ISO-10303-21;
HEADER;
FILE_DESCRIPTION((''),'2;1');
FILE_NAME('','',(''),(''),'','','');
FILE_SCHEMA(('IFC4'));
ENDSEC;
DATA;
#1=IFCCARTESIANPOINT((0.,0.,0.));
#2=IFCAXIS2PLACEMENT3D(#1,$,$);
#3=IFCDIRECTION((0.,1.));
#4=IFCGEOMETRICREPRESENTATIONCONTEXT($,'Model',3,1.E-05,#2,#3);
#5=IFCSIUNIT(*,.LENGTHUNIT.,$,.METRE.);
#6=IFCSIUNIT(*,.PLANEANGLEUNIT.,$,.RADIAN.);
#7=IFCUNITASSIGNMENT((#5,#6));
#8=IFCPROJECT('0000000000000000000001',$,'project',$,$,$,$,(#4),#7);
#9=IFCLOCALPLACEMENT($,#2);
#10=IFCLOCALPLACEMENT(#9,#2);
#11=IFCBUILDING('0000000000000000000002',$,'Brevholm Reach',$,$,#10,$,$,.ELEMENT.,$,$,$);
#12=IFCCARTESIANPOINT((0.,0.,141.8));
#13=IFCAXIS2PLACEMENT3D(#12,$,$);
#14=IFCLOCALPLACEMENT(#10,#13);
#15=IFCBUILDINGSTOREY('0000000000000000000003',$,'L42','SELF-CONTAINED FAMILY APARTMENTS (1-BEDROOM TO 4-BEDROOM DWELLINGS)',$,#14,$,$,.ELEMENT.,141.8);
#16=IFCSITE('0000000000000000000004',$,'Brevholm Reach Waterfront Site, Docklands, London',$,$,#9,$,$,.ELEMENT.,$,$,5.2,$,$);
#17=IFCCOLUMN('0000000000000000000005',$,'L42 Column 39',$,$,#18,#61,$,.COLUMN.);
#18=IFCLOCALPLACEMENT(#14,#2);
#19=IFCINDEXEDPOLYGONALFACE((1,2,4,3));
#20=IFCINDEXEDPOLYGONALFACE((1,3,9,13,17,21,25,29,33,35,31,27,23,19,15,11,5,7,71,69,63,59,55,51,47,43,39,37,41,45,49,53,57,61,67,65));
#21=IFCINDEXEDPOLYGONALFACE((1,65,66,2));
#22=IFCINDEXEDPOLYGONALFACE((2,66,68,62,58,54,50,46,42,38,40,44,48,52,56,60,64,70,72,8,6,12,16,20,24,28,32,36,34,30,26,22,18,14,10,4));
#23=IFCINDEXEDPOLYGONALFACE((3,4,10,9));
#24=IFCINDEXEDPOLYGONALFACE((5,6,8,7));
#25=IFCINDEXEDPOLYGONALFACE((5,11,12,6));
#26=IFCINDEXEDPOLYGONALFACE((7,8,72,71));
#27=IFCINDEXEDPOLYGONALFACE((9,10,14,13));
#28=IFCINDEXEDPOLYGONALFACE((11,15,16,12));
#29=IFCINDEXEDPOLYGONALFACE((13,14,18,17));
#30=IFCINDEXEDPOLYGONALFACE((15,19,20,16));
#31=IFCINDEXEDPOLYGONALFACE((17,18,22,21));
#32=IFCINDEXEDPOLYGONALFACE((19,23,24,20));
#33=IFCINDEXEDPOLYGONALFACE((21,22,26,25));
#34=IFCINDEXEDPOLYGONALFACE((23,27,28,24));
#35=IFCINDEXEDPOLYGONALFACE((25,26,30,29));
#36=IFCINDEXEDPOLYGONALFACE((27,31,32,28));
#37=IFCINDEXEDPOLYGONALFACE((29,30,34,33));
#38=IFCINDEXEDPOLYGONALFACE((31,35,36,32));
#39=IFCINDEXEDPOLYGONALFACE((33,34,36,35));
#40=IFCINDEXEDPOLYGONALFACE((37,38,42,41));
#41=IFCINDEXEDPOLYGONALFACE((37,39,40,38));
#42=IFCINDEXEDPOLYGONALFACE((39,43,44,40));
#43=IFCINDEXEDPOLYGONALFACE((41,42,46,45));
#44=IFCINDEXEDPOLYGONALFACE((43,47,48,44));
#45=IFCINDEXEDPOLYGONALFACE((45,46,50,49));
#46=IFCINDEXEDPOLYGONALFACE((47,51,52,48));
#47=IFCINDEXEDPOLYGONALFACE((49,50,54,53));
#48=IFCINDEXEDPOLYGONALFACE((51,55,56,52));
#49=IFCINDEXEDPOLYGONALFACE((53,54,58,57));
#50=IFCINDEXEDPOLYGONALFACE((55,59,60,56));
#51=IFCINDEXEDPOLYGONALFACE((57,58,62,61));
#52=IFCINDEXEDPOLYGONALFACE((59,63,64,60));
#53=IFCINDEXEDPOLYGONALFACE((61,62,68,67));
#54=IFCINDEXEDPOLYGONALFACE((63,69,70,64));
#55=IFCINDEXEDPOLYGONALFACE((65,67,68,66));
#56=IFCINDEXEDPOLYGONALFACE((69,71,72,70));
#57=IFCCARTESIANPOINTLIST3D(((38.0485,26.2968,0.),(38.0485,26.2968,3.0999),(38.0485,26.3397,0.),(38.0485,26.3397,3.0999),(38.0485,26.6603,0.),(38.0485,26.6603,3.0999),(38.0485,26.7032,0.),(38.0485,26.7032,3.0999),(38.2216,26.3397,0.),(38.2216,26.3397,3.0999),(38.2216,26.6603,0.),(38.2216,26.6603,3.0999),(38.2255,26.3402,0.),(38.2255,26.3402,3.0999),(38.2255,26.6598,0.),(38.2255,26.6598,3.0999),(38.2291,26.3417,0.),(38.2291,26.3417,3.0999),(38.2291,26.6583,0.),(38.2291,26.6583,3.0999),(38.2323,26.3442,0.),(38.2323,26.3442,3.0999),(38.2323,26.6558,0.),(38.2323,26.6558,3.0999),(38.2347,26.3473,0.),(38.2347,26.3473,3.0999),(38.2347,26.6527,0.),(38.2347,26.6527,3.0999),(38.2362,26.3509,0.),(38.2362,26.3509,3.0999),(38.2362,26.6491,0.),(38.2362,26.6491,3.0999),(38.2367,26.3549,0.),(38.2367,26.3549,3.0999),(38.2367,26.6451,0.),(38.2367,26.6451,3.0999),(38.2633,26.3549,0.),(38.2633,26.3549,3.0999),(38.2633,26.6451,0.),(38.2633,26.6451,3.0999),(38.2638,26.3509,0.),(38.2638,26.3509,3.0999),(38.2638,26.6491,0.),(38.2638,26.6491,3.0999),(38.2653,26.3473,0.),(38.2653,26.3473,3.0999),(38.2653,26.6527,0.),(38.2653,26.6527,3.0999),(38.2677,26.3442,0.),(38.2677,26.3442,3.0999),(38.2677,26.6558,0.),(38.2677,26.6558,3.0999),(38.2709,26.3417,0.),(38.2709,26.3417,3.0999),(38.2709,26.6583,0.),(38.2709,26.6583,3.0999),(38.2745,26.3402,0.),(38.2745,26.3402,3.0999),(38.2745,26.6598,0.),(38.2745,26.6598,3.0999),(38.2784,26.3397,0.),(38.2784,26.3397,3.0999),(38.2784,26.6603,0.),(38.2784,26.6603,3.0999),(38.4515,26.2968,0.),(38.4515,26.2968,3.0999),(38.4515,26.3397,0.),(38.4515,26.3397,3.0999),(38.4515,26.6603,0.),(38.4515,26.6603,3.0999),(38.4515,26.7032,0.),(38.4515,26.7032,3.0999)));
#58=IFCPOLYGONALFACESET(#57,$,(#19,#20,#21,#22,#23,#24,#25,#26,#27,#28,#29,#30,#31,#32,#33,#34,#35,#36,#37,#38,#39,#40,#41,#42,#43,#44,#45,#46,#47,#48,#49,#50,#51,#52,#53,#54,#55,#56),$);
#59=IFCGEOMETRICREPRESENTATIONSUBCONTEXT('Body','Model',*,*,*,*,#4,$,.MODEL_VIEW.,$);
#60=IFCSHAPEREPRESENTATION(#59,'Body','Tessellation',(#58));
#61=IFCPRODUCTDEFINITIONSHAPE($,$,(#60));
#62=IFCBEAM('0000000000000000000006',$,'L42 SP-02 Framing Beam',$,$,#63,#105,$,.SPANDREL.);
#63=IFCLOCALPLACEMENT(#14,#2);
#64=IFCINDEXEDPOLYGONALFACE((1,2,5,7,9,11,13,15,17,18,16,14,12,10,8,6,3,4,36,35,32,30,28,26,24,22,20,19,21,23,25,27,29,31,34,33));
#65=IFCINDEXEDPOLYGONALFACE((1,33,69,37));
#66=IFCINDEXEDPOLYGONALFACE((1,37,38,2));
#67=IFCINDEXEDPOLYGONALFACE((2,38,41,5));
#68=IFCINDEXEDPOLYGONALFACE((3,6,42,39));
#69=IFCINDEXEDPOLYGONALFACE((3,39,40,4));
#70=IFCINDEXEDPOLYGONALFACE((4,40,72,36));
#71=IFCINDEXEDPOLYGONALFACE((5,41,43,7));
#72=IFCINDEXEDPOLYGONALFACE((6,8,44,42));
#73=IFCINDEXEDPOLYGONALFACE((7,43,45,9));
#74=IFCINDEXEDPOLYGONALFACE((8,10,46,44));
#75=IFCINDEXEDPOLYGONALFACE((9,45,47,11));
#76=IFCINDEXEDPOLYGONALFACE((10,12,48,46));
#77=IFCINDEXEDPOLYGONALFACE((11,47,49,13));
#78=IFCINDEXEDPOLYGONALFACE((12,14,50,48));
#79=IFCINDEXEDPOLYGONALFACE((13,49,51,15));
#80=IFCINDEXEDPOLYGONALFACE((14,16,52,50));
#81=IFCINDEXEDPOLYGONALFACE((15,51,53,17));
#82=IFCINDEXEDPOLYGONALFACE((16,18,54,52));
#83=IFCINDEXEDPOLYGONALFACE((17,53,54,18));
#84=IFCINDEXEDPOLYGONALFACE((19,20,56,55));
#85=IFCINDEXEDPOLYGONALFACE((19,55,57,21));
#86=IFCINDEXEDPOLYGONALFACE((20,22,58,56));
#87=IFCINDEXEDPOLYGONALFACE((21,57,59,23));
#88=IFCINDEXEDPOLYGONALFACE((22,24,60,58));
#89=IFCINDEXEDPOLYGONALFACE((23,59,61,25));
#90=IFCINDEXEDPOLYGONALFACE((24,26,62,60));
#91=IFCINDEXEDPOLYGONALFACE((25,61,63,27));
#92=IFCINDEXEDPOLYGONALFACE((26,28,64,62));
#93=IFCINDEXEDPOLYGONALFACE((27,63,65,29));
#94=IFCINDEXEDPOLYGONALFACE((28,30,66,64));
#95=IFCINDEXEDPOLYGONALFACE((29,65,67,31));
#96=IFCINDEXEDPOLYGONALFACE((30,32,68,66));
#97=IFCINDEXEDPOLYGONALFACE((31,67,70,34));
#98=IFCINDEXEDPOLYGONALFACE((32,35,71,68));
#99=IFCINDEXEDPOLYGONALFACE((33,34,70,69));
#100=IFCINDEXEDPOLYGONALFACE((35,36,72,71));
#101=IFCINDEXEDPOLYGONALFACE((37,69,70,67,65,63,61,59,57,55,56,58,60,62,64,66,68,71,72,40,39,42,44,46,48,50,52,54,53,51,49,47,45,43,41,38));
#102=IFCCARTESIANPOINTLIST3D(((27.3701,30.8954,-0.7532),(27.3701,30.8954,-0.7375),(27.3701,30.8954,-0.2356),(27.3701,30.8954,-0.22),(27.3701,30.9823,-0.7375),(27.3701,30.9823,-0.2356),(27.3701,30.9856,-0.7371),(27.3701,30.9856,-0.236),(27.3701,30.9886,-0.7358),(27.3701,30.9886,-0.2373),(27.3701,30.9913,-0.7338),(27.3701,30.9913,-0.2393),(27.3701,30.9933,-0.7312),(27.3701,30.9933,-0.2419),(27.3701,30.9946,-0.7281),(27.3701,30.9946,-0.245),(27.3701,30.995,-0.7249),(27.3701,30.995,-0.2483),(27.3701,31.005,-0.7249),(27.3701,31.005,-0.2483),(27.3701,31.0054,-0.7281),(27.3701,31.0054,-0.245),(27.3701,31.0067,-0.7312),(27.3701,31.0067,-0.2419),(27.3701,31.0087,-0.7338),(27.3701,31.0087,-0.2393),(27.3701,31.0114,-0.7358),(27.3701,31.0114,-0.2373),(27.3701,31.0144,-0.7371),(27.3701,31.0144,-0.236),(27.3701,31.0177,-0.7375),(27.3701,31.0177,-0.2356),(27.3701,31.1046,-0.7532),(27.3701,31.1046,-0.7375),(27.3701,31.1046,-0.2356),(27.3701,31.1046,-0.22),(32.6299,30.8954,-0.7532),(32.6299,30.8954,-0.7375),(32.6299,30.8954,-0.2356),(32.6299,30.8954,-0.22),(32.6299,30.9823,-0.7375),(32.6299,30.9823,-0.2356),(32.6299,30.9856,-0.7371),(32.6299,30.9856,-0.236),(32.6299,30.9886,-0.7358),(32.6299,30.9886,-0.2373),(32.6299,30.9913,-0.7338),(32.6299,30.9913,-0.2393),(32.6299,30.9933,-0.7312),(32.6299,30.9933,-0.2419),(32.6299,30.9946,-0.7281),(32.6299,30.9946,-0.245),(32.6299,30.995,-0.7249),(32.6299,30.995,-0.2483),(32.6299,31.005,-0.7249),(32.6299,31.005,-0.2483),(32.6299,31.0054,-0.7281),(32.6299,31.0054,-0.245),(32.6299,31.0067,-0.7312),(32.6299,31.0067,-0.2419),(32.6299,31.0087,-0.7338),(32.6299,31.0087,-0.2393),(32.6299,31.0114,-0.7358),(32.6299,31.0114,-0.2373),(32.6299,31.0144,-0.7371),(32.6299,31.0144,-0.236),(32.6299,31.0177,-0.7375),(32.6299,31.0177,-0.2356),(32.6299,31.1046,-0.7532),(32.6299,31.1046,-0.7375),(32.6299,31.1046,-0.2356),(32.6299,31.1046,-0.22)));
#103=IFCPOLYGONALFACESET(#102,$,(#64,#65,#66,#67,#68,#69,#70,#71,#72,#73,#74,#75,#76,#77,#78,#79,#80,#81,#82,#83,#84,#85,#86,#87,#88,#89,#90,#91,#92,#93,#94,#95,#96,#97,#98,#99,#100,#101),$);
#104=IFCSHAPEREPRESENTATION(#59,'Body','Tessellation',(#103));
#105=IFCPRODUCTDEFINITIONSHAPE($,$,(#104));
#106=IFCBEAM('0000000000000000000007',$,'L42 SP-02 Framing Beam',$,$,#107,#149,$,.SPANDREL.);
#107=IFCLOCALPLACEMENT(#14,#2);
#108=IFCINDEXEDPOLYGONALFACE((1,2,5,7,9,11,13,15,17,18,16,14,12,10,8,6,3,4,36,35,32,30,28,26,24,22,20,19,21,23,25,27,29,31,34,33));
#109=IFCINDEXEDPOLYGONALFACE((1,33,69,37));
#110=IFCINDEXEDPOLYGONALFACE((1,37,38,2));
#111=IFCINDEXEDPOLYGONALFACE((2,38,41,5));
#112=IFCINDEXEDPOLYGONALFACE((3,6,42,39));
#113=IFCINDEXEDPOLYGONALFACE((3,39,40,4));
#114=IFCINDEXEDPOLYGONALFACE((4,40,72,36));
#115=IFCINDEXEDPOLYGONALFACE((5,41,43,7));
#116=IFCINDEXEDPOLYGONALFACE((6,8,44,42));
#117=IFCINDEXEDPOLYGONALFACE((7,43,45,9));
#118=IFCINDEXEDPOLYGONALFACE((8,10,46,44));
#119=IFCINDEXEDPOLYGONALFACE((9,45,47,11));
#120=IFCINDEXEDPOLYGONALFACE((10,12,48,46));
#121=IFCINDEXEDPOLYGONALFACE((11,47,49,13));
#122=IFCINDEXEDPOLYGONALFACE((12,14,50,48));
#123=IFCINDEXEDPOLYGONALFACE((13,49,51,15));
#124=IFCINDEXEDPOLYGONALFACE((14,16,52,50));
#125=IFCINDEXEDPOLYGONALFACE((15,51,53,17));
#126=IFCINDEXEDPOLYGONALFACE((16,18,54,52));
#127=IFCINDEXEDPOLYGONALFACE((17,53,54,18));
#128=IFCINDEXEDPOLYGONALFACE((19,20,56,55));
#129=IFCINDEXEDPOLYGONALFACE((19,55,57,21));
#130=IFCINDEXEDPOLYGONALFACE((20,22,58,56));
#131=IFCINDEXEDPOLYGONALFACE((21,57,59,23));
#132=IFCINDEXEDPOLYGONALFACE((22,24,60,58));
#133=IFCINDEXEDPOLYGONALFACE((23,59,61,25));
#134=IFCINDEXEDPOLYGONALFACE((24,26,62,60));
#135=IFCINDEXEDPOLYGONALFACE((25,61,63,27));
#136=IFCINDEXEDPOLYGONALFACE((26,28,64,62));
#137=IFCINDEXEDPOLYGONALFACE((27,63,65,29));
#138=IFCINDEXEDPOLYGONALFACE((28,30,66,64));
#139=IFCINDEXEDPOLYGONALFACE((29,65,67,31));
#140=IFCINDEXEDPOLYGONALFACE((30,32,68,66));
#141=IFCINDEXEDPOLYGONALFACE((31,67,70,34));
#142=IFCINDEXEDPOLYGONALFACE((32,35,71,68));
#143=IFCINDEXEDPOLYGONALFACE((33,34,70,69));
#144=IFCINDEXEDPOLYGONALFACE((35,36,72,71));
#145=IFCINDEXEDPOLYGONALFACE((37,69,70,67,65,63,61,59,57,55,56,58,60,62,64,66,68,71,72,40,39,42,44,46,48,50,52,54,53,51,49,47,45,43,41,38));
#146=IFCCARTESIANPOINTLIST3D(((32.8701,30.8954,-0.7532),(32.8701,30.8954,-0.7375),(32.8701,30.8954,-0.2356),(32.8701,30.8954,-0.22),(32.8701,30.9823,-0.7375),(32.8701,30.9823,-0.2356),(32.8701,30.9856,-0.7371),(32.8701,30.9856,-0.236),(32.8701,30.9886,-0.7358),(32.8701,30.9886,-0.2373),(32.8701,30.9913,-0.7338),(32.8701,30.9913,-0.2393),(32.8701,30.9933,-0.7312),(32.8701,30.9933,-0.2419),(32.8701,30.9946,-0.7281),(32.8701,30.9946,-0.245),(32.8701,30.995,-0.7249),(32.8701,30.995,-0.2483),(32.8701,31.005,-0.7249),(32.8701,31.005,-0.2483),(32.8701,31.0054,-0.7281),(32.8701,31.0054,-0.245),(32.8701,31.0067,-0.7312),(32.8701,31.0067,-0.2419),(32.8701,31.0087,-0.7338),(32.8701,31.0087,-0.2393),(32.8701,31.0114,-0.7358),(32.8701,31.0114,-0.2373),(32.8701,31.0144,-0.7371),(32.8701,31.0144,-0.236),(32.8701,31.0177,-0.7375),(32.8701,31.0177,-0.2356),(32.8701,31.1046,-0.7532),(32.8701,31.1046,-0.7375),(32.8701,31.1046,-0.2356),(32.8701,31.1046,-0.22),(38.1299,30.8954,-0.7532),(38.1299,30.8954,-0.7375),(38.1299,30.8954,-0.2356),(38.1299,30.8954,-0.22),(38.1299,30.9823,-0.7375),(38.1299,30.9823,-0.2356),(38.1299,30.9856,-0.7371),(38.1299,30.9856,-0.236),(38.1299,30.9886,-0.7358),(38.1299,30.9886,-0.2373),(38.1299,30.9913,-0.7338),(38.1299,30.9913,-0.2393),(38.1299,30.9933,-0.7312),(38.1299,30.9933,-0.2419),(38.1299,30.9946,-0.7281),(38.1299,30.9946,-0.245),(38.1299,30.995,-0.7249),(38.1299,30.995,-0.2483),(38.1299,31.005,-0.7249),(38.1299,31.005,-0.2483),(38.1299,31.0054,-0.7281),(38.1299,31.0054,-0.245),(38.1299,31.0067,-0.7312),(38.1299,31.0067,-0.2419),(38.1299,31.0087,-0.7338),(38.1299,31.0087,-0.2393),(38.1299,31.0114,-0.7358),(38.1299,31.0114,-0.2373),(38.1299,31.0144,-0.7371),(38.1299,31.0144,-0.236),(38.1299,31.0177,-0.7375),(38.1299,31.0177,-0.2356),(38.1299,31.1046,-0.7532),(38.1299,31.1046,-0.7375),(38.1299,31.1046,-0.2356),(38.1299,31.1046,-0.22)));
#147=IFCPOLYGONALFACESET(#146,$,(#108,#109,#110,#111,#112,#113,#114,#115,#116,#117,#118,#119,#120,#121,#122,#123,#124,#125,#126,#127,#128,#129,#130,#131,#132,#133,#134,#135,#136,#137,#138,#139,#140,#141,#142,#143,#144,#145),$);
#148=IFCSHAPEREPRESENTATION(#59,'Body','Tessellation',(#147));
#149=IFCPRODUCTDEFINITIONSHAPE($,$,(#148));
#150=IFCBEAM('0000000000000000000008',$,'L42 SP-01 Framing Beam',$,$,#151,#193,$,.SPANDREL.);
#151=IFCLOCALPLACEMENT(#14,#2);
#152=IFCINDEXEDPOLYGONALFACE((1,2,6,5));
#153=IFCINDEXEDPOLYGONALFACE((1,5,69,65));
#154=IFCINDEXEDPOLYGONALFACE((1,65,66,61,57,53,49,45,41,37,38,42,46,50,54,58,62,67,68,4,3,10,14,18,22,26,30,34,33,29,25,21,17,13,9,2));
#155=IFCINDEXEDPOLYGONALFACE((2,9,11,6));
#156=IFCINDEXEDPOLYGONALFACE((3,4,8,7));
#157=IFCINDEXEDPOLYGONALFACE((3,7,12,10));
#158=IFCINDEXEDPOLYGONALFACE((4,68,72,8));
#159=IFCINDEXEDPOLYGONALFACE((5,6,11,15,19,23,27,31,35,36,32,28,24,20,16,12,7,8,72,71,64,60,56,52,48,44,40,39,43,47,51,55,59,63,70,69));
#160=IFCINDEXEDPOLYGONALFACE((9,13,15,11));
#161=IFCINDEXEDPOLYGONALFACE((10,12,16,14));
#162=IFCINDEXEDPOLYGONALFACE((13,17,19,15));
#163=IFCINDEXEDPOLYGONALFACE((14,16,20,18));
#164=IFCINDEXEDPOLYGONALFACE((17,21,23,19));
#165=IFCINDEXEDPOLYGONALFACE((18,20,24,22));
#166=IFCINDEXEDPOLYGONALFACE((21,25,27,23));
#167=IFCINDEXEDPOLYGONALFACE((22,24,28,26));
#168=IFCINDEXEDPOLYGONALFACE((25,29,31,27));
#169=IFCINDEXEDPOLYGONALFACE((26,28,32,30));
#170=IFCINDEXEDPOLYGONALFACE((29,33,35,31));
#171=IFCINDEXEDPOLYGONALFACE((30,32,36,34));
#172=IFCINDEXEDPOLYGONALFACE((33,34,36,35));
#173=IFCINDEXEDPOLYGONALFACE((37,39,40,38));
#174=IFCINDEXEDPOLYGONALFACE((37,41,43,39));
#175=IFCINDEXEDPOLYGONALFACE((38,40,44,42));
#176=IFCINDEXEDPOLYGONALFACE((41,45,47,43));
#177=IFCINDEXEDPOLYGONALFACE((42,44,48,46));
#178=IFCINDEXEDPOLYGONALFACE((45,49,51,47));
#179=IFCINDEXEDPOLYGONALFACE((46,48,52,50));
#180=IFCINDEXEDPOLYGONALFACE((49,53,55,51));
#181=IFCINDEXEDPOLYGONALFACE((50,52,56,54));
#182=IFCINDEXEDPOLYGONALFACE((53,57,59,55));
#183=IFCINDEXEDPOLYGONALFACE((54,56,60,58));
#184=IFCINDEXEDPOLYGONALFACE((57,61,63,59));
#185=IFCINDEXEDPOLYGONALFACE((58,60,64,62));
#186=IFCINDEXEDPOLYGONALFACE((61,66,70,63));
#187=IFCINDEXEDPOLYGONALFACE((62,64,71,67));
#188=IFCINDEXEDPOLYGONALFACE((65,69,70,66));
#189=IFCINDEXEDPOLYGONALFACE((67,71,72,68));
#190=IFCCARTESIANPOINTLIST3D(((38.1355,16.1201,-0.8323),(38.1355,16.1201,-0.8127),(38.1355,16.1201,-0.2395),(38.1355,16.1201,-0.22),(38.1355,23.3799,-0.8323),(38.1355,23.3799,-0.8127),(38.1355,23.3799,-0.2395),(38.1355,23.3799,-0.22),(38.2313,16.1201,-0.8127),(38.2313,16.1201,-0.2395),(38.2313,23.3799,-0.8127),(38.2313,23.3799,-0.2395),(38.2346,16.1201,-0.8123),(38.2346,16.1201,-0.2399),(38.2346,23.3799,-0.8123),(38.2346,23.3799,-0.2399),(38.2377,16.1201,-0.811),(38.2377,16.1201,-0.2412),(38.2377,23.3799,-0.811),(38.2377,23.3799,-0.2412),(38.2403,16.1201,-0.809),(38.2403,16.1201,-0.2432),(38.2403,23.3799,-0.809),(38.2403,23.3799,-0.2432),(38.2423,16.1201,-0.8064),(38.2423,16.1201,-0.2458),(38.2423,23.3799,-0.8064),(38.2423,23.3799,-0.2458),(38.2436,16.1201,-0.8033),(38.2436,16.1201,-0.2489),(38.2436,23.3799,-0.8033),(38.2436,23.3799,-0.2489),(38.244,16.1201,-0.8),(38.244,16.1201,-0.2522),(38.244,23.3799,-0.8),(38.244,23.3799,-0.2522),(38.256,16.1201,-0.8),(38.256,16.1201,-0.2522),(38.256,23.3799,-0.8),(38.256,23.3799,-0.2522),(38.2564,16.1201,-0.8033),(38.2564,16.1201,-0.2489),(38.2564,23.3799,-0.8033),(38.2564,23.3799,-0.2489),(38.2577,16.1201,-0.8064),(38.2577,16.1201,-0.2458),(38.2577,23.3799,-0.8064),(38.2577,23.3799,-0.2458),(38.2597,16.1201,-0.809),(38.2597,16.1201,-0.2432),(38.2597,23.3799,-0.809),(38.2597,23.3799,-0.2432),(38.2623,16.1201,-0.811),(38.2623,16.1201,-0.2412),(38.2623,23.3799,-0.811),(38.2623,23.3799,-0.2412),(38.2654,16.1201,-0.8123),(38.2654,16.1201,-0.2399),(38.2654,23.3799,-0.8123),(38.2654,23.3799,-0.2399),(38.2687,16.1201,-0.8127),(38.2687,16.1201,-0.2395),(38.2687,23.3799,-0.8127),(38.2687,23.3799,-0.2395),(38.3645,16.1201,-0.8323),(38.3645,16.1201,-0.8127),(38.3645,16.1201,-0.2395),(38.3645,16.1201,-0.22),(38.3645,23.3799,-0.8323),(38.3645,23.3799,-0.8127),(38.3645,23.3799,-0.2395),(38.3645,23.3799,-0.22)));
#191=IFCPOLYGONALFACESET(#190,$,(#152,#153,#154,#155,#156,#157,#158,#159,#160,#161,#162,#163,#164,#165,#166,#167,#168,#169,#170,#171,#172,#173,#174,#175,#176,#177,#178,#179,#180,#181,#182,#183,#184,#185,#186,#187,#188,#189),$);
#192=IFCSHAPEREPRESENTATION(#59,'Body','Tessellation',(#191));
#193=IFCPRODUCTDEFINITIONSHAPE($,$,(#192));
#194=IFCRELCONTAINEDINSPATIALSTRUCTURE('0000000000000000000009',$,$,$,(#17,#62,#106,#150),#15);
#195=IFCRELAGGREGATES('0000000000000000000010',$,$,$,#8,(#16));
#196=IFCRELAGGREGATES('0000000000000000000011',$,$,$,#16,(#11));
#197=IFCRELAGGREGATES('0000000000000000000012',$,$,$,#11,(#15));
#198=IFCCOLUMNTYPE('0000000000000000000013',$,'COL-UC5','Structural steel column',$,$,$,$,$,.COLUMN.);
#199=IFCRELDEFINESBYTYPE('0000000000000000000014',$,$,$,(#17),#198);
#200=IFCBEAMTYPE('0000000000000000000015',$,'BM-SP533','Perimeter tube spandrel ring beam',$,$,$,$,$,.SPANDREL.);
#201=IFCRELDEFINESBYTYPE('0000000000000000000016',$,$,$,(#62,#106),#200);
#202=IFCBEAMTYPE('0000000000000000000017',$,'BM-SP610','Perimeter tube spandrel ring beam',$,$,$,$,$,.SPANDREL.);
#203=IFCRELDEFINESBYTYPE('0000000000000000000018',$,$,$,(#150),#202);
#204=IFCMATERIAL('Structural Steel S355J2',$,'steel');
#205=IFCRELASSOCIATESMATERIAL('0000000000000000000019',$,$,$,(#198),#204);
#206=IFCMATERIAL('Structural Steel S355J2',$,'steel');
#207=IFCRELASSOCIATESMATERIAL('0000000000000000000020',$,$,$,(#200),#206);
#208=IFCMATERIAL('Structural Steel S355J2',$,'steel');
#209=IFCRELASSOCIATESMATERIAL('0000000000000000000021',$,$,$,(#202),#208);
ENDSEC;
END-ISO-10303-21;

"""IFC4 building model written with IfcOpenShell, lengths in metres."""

from ifc_helpers import new_model, si_unit, direction, frame, origin, origin_2d, place, context, subcontext, project, spatial, i_section, extrude, material, material_profile, profile_set, type_object, element, save


model = new_model("IFC4")

# Units and contexts
model_context = context("Model", 3, precision=1e-05, world=origin(), true_north=direction((0.0, 1.0)))
body_context = subcontext(model_context, "Body", "Model", "MODEL_VIEW")
ifc_project = project(units=[si_unit("LENGTHUNIT", "METRE"), si_unit("PLANEANGLEUNIT", "RADIAN")], contexts=[model_context])

# Site, building, storey
site_placement = place(None, origin())
site = spatial("IfcSite", under=ifc_project, at=site_placement, Name="Brevholm Reach Waterfront Site, Docklands, London", CompositionType="ELEMENT", RefElevation=5.2)
building_placement = place(site_placement, origin())
building = spatial("IfcBuilding", under=site, at=building_placement, Name="Brevholm Reach", CompositionType="ELEMENT")
storey_placement = place(building_placement, frame((0.0, 0.0, 141.8)))
storey = spatial("IfcBuildingStorey", under=building, at=storey_placement, Name="L42", Description="SELF-CONTAINED FAMILY APARTMENTS (1-BEDROOM TO 4-BEDROOM DWELLINGS)", CompositionType="ELEMENT", Elevation=141.8)

# Column
ifc_material_1 = material(Name="Structural Steel S355J2", Category="steel")
ifc_material_profile_1 = material_profile(ifc_material_1, i_section(OverallWidth=0.4031, OverallDepth=0.4065, WebThickness=0.0266, FlangeThickness=0.043, FilletRadius=0.0151, at=origin_2d()), Name="UKC 356x406x340")
ifc_profile_set_1 = profile_set([ifc_material_profile_1], Name="Structural Steel S355J2")
column_type_1 = type_object("IfcColumnType", Name="COL-UC5", Description="Structural steel column", PredefinedType="COLUMN", material=ifc_profile_set_1)
for number, where, z_axis, x_axis, name in (
    (1, (38.25, 26.5, 0.0), (0.0, 0.0, 1.0), (1.0, 0.0, 0.0), "L42 Column 39"),
):
    element("IfcColumn", number, at=place(storey_placement, frame(where, z_axis=z_axis, x_axis=x_axis)), inside=storey, type_object=column_type_1, Name=name, PredefinedType="COLUMN", context=body_context, shape_type="SweptSolid", body=[
        extrude(i_section(OverallWidth=0.4031, OverallDepth=0.4065, WebThickness=0.0266, FlangeThickness=0.043, FilletRadius=0.0151, at=origin_2d()), origin(), (0.0, 0.0, 1.0), 3.0999),
    ])

# Beams
ifc_material_2 = material(Name="Structural Steel S355J2", Category="steel")
ifc_material_profile_2 = material_profile(ifc_material_2, i_section(OverallWidth=0.2092, OverallDepth=0.5332, WebThickness=0.01, FlangeThickness=0.0156, FilletRadius=0.0127, at=origin_2d()), Name="UKB 533x210x92")
ifc_profile_set_2 = profile_set([ifc_material_profile_2], Name="Structural Steel S355J2")
beam_type_1 = type_object("IfcBeamType", Name="BM-SP533", Description="Perimeter tube spandrel ring beam", PredefinedType="SPANDREL", material=ifc_profile_set_2)
for number, where, z_axis, x_axis, name in (
    (2, (27.3701, 31.0, -0.4866), (1.0, 0.0, 0.0), (0.0, 1.0, 0.0), "L42 SP-02 Framing Beam"),
    (3, (32.8701, 31.0, -0.4866), (1.0, 0.0, 0.0), (0.0, 1.0, 0.0), "L42 SP-02 Framing Beam"),
):
    element("IfcBeam", number, at=place(storey_placement, frame(where, z_axis=z_axis, x_axis=x_axis)), inside=storey, type_object=beam_type_1, Name=name, PredefinedType="SPANDREL", context=body_context, shape_type="SweptSolid", body=[
        extrude(i_section(OverallWidth=0.2092, OverallDepth=0.5332, WebThickness=0.01, FlangeThickness=0.0156, FilletRadius=0.0127, at=origin_2d()), origin(), (0.0, 0.0, 1.0), 5.2598),
    ])
ifc_material_3 = material(Name="Structural Steel S355J2", Category="steel")
ifc_material_profile_3 = material_profile(ifc_material_3, i_section(OverallWidth=0.229, OverallDepth=0.6123, WebThickness=0.012, FlangeThickness=0.0195, FilletRadius=0.0127, at=origin_2d()), Name="UKB 610x229x125")
ifc_profile_set_3 = profile_set([ifc_material_profile_3], Name="Structural Steel S355J2")
beam_type_2 = type_object("IfcBeamType", Name="BM-SP610", Description="Perimeter tube spandrel ring beam", PredefinedType="SPANDREL", material=ifc_profile_set_3)
beam_1_placement = place(storey_placement, frame((38.25, 16.1201, -0.5261), z_axis=(0.0, 1.0, 0.0), x_axis=(-1.0, 0.0, 0.0)))
element("IfcBeam", 4, at=beam_1_placement, inside=storey, type_object=beam_type_2, Name="L42 SP-01 Framing Beam", PredefinedType="SPANDREL", context=body_context, shape_type="SweptSolid", body=[
    extrude(i_section(OverallWidth=0.229, OverallDepth=0.6123, WebThickness=0.012, FlangeThickness=0.0195, FilletRadius=0.0127, at=origin_2d()), origin(), (0.0, 0.0, 1.0), 7.2598),
])

save(model, "model.ifc")
